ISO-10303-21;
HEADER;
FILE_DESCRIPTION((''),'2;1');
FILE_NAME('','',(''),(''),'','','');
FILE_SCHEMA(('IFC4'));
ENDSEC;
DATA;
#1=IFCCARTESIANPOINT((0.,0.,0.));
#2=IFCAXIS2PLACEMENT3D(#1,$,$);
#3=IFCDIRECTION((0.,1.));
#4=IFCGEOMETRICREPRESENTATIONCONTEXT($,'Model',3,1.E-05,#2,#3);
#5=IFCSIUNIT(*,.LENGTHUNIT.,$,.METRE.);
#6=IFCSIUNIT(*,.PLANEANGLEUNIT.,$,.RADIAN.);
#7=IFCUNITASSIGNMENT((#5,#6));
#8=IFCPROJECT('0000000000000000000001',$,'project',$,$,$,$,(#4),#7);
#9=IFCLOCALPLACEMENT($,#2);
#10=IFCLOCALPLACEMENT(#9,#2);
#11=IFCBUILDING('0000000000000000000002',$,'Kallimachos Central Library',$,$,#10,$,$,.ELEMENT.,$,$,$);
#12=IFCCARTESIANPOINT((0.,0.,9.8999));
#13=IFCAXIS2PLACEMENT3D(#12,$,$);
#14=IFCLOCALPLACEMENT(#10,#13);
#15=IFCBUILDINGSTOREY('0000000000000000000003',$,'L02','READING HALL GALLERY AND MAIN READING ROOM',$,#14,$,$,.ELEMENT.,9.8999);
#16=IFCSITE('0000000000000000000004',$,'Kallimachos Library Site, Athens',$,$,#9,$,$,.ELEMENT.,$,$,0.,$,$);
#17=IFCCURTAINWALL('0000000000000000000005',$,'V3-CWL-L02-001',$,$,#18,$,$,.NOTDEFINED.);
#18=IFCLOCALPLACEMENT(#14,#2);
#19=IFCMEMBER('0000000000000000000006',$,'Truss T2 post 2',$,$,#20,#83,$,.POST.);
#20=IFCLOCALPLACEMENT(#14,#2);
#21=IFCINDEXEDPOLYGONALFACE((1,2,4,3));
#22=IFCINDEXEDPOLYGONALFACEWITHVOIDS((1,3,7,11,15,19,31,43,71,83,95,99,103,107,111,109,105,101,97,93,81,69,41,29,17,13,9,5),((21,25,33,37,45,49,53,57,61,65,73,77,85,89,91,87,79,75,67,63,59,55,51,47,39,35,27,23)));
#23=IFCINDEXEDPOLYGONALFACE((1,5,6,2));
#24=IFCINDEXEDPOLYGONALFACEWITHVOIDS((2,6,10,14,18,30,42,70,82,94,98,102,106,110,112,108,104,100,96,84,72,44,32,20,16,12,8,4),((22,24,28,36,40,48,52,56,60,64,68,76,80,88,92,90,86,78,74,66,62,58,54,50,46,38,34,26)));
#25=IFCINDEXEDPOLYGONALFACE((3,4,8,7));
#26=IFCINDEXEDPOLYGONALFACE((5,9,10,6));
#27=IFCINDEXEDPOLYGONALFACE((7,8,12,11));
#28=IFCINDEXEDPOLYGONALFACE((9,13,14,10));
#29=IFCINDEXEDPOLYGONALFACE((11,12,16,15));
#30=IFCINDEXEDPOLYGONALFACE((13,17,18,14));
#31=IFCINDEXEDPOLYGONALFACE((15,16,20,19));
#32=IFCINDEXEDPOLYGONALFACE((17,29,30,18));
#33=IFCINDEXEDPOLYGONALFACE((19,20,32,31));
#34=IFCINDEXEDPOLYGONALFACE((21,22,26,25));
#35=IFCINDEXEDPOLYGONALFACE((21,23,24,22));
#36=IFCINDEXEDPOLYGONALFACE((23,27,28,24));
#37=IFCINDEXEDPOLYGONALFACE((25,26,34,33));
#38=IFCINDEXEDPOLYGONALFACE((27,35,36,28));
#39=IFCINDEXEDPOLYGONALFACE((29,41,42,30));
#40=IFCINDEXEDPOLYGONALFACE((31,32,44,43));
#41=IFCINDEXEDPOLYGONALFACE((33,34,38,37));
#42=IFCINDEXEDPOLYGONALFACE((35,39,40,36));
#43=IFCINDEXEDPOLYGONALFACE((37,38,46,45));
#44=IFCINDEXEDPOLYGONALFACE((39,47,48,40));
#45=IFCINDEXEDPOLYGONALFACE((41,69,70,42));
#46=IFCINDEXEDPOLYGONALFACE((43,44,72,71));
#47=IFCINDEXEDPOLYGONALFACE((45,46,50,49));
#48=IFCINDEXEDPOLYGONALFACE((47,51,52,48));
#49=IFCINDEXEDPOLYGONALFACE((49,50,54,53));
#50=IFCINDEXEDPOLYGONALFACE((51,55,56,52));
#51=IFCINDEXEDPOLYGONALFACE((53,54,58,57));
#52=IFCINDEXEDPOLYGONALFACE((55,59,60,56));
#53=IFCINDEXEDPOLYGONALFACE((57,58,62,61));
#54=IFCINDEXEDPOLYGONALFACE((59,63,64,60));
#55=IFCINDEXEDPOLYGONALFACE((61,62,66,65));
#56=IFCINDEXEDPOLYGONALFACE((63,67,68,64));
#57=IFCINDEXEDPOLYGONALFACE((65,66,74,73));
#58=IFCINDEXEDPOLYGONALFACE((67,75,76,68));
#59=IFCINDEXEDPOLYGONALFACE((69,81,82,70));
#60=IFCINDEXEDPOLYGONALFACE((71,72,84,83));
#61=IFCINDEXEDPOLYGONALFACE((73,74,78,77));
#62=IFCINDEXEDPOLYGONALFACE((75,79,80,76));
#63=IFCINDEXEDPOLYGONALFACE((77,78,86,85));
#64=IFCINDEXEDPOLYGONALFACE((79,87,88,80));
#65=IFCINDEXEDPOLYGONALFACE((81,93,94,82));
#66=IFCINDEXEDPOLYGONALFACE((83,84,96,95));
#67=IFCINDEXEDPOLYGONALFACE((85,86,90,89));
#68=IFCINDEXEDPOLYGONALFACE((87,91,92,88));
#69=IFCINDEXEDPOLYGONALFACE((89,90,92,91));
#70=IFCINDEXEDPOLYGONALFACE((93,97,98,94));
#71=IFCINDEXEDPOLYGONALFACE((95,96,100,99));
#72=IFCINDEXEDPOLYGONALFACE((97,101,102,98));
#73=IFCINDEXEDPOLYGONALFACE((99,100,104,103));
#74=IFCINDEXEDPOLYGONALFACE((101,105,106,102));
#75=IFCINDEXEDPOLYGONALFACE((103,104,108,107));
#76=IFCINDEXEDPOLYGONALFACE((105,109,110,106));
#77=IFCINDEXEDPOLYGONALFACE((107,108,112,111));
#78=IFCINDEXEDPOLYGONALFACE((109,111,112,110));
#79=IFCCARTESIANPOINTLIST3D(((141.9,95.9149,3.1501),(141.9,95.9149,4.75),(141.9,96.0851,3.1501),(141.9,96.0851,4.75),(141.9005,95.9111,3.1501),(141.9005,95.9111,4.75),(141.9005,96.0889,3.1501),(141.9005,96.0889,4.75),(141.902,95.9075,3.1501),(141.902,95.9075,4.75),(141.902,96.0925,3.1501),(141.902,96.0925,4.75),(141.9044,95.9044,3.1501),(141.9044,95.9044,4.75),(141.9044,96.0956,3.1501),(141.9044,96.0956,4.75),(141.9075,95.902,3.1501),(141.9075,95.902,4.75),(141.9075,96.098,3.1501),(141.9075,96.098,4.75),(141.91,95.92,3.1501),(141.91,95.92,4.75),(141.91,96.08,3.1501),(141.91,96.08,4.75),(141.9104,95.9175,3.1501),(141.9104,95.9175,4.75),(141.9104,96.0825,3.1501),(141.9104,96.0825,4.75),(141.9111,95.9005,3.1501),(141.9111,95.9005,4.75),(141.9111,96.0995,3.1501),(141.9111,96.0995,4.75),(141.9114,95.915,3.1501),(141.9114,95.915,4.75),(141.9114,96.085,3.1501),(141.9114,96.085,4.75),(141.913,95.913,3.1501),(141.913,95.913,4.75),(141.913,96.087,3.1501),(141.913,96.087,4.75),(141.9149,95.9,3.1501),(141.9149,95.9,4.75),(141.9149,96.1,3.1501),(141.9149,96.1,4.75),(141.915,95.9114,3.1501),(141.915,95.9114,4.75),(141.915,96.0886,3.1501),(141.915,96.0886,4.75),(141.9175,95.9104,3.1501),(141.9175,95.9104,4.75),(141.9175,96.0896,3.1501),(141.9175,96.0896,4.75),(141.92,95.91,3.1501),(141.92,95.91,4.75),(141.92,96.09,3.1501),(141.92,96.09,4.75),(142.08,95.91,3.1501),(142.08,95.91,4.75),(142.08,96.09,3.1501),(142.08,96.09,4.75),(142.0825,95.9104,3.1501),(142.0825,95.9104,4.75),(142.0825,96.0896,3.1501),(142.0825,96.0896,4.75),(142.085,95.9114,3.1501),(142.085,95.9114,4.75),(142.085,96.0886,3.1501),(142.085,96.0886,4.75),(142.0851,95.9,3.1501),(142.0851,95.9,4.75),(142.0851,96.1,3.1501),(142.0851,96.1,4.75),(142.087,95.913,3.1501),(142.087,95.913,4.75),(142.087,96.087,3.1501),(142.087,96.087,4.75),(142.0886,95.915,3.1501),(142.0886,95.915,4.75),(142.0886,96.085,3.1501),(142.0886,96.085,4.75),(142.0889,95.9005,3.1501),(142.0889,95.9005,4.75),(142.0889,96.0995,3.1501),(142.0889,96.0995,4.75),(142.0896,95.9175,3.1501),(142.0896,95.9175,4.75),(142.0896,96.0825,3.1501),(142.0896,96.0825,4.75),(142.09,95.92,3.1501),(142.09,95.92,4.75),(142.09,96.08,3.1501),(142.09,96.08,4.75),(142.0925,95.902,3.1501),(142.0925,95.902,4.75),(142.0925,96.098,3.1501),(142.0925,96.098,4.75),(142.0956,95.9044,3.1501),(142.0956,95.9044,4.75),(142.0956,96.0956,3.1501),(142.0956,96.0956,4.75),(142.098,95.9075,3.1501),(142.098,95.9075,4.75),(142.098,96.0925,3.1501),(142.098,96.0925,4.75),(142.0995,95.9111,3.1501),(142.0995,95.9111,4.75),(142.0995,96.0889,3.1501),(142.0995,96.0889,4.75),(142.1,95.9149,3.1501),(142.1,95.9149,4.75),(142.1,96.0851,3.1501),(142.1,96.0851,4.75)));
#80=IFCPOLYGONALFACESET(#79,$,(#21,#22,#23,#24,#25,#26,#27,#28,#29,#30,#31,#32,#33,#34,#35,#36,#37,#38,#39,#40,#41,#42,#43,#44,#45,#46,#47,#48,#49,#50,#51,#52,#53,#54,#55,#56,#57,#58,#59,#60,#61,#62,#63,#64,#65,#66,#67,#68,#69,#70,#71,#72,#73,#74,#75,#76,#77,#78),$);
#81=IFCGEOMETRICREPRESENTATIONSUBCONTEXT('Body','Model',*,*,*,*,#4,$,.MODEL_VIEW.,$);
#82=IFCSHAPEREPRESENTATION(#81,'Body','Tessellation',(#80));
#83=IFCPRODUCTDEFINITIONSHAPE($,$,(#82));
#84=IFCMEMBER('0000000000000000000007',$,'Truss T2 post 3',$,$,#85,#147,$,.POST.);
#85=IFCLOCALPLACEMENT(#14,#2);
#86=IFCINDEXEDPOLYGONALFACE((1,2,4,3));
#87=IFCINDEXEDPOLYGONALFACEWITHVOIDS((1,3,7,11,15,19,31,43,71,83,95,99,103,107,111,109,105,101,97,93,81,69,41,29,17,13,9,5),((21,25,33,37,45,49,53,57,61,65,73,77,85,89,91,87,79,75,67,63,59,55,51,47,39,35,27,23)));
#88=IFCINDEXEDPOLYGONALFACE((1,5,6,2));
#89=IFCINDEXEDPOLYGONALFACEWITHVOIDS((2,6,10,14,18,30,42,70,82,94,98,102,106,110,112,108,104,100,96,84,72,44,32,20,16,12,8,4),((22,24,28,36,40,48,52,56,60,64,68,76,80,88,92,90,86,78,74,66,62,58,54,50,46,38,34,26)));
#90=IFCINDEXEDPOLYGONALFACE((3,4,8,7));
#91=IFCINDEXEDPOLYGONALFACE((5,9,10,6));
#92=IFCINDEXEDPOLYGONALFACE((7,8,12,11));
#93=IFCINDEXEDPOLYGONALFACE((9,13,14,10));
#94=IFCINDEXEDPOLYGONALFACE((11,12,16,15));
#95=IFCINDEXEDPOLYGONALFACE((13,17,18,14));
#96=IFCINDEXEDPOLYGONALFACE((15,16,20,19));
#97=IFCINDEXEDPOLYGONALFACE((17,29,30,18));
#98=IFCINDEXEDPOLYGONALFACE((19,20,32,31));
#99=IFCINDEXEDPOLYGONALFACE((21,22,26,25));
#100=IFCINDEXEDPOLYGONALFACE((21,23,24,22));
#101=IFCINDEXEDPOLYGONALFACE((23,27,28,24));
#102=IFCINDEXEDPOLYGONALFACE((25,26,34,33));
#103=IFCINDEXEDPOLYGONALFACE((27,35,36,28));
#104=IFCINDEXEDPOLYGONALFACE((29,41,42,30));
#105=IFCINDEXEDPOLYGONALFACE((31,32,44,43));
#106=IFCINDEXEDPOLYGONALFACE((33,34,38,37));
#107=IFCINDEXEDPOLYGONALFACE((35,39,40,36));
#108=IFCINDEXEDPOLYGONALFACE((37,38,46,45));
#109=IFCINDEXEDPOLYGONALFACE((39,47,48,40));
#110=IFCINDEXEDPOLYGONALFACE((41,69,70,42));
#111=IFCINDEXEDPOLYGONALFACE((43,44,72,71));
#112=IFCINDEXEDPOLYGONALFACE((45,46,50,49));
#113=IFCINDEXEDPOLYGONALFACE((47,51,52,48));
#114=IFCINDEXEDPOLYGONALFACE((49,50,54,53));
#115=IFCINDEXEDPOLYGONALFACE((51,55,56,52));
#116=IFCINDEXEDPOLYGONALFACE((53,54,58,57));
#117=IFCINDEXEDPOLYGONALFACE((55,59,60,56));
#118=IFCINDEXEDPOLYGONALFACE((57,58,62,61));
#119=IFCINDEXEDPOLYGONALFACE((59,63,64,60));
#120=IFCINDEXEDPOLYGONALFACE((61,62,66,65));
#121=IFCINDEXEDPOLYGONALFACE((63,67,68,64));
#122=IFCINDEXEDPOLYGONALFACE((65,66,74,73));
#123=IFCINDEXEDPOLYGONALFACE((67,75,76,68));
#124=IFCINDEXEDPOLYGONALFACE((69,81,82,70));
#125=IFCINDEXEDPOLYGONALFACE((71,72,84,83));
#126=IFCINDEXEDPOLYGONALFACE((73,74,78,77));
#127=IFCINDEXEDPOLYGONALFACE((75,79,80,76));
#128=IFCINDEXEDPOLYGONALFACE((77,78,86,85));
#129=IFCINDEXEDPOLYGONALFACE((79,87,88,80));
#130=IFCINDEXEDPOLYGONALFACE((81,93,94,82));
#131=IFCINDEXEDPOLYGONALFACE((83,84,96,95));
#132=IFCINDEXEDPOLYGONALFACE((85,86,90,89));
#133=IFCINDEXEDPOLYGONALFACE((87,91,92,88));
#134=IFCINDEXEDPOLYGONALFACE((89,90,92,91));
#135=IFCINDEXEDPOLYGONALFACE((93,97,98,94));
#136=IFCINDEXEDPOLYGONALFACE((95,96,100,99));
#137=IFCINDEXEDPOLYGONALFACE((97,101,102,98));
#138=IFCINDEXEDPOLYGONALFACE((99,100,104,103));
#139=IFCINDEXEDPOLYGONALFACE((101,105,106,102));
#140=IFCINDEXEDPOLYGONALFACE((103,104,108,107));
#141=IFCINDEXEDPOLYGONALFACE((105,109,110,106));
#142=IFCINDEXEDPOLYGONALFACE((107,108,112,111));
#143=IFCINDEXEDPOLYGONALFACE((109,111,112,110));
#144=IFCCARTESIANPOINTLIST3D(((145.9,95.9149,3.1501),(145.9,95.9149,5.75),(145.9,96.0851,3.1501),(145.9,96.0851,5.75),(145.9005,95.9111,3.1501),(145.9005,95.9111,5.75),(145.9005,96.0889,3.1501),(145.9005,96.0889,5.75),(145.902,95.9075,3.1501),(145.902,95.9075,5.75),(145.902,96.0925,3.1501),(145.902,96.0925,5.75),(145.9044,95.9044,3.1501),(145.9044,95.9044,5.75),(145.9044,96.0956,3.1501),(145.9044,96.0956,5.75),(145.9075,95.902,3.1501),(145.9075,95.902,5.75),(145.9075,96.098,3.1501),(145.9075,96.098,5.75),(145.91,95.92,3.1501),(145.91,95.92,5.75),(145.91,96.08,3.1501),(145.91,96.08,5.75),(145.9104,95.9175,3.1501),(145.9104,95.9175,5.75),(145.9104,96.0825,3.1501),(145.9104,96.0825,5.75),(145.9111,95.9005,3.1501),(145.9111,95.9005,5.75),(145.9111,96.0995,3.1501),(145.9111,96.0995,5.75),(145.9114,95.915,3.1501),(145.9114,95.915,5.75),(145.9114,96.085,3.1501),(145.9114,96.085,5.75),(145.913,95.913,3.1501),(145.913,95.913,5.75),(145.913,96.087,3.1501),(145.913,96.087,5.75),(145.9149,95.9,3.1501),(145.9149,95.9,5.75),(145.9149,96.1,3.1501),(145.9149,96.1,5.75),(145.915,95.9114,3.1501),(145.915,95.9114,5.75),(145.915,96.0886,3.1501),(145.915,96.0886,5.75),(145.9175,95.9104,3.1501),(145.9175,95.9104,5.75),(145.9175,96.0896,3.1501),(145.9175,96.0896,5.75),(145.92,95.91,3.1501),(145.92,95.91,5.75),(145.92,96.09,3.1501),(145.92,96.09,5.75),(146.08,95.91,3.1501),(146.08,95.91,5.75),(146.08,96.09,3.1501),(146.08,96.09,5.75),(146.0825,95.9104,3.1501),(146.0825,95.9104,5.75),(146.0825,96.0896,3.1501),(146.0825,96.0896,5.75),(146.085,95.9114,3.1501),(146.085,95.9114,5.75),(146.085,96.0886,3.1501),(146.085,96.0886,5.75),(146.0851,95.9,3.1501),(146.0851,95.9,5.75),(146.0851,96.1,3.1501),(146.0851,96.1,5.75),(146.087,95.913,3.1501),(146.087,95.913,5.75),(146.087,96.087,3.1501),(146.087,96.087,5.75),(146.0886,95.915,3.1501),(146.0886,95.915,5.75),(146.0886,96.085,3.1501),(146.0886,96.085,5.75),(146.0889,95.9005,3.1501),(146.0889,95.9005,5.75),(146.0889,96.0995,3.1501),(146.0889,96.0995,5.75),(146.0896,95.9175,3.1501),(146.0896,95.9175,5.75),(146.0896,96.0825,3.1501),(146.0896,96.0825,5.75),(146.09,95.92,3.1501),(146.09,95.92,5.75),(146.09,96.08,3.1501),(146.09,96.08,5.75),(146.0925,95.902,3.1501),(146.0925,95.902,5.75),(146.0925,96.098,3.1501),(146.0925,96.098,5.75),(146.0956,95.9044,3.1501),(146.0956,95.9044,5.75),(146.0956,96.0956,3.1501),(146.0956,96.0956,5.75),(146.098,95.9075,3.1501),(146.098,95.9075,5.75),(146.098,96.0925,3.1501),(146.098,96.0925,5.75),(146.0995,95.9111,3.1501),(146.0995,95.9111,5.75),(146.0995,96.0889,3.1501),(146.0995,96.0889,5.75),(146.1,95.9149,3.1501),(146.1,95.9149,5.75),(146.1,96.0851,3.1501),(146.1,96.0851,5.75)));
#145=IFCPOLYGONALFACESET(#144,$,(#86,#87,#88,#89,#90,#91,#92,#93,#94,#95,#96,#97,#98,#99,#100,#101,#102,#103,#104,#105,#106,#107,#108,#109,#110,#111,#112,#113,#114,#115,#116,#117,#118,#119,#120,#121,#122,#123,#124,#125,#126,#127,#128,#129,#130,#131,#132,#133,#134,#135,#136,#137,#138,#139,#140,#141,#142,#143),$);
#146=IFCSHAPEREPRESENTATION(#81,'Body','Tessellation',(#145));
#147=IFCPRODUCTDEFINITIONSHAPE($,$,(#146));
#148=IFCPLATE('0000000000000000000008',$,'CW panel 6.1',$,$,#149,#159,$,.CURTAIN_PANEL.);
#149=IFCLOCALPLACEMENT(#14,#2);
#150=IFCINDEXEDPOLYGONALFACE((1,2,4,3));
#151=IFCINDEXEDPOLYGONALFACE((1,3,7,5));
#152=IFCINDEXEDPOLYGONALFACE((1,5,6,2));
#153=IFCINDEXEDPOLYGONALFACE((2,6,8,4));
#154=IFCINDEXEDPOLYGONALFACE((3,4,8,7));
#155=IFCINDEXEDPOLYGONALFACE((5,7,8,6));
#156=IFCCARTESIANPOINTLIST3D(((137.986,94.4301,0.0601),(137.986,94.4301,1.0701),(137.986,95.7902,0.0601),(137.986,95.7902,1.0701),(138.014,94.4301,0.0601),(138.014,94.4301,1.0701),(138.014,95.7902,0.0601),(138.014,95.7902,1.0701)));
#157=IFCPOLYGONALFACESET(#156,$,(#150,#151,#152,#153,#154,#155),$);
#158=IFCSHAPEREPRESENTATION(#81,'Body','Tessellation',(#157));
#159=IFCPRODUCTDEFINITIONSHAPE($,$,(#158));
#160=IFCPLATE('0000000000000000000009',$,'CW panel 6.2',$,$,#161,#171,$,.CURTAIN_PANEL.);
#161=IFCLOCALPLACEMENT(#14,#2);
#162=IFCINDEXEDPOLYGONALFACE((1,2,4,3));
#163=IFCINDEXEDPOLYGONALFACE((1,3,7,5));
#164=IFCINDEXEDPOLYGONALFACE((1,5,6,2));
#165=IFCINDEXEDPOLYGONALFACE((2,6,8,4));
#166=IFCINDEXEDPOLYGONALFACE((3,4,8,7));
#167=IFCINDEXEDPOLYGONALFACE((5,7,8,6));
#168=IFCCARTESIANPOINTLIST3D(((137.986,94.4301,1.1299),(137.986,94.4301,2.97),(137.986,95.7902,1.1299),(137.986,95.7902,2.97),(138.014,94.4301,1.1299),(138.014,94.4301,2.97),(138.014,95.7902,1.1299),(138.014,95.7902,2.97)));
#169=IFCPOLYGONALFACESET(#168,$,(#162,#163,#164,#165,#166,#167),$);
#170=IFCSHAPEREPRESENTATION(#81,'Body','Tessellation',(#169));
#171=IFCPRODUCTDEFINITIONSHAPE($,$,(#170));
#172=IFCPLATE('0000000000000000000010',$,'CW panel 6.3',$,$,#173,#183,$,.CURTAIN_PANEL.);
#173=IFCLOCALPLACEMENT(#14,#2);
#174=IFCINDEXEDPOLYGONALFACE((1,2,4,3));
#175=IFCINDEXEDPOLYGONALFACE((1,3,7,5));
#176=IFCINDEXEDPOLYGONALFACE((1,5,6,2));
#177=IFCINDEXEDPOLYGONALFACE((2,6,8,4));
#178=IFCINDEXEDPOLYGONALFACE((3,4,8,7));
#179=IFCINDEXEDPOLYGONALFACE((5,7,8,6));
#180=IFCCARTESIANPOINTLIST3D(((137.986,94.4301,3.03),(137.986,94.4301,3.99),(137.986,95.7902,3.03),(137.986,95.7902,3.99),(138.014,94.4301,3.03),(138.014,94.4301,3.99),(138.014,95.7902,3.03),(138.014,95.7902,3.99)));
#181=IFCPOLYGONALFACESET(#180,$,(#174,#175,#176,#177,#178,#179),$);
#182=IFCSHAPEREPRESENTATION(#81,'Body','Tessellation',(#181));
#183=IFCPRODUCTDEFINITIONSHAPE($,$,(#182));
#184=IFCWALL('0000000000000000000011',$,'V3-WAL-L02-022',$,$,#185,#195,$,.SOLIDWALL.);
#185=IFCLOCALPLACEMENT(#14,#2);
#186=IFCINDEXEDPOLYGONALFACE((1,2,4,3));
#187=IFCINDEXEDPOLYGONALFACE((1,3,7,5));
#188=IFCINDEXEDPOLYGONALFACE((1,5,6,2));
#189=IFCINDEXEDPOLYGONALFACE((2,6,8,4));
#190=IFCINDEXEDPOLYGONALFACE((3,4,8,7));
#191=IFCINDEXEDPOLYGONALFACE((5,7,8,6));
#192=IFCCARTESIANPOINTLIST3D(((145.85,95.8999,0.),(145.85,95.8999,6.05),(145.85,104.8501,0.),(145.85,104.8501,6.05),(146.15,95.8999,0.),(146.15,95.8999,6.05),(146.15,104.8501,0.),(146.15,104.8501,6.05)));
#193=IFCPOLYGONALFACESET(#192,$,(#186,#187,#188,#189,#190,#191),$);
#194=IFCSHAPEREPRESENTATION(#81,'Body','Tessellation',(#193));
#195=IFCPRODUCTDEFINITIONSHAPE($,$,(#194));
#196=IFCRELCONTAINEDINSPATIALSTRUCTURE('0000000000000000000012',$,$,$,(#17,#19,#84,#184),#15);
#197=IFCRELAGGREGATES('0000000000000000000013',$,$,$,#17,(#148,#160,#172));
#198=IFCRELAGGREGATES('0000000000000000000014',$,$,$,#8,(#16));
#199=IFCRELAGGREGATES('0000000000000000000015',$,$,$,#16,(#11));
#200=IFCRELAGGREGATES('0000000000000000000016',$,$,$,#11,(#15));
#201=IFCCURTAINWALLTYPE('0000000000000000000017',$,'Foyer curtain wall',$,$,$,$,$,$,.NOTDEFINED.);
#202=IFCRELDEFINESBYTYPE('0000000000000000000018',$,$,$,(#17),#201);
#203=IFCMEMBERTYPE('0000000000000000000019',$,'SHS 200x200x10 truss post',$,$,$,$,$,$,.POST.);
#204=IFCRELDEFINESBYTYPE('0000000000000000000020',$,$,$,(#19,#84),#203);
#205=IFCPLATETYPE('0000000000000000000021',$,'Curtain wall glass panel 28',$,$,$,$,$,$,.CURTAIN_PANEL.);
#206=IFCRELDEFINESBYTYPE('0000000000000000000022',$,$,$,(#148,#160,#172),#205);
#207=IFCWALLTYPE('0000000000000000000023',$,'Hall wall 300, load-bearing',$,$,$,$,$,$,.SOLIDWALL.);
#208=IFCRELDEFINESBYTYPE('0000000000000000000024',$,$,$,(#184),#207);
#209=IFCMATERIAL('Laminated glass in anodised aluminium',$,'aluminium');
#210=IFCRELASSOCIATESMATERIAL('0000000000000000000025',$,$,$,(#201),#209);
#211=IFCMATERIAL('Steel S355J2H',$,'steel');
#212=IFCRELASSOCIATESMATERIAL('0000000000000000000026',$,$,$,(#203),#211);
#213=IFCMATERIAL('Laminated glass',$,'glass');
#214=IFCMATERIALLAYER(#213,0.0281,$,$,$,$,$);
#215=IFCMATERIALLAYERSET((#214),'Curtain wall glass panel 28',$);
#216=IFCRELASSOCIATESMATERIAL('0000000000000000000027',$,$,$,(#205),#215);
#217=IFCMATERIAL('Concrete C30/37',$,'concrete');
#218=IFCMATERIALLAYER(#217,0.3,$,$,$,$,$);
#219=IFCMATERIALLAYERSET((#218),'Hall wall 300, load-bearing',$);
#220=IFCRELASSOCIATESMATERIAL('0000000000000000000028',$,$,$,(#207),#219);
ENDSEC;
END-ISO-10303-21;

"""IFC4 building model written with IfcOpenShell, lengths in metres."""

from ifc_helpers import new_model, si_unit, direction, frame, frame_2d, origin, origin_2d, place, context, subcontext, project, spatial, rectangle, hollow_rectangle, extrude, material, layer, layer_set, material_profile, profile_set, type_object, element, aggregate, save


model = new_model("IFC4")

# Units and contexts
model_context = context("Model", 3, precision=1e-05, world=origin(), true_north=direction((0.0, 1.0)))
body_context = subcontext(model_context, "Body", "Model", "MODEL_VIEW")
ifc_project = project(units=[si_unit("LENGTHUNIT", "METRE"), si_unit("PLANEANGLEUNIT", "RADIAN")], contexts=[model_context])

# Site, building, storey
site_placement = place(None, origin())
site = spatial("IfcSite", under=ifc_project, at=site_placement, Name="Kallimachos Library Site, Athens", CompositionType="ELEMENT", RefElevation=0.0)
building_placement = place(site_placement, origin())
building = spatial("IfcBuilding", under=site, at=building_placement, Name="Kallimachos Central Library", CompositionType="ELEMENT")
storey_placement = place(building_placement, frame((0.0, 0.0, 9.8999)))
storey = spatial("IfcBuildingStorey", under=building, at=storey_placement, Name="L02", Description="READING HALL GALLERY AND MAIN READING ROOM", CompositionType="ELEMENT", Elevation=9.8999)

# Curtain wall
ifc_material_1 = material(Name="Laminated glass in anodised aluminium", Category="aluminium")
curtain_wall_type = type_object("IfcCurtainWallType", Name="Foyer curtain wall", PredefinedType="NOTDEFINED", material=ifc_material_1)
curtain_wall_placement = place(storey_placement, origin())
curtain_wall = element("IfcCurtainWall", 1, at=curtain_wall_placement, inside=storey, type_object=curtain_wall_type, Name="V3-CWL-L02-001", PredefinedType="NOTDEFINED")

# Members
ifc_material_2 = material(Name="Steel S355J2H", Category="steel")
ifc_material_profile_1 = material_profile(ifc_material_2, hollow_rectangle(XDim=0.2, YDim=0.2, WallThickness=0.01, InnerFilletRadius=0.01, OuterFilletRadius=0.0149, at=origin_2d()), Name="SHS 200x200x10")
ifc_profile_set_1 = profile_set([ifc_material_profile_1], Name="Steel S355J2H")
member_type_1 = type_object("IfcMemberType", Name="SHS 200x200x10 truss post", PredefinedType="POST", material=ifc_profile_set_1)
member_1_placement = place(storey_placement, frame((142.0, 96.0, 3.1501), z_axis=(0.0, 0.0, 1.0), x_axis=(1.0, 0.0, 0.0)))
element("IfcMember", 2, at=member_1_placement, inside=storey, type_object=member_type_1, Name="Truss T2 post 2", PredefinedType="POST", context=body_context, shape_type="SweptSolid", body=[
    extrude(hollow_rectangle(XDim=0.2, YDim=0.2, WallThickness=0.01, InnerFilletRadius=0.01, OuterFilletRadius=0.0149, at=origin_2d()), origin(), (0.0, 0.0, 1.0), 1.5999),
])
member_2_placement = place(storey_placement, frame((146.0, 96.0, 3.1501), z_axis=(0.0, 0.0, 1.0), x_axis=(1.0, 0.0, 0.0)))
element("IfcMember", 3, at=member_2_placement, inside=storey, type_object=member_type_1, Name="Truss T2 post 3", PredefinedType="POST", context=body_context, shape_type="SweptSolid", body=[
    extrude(hollow_rectangle(XDim=0.2, YDim=0.2, WallThickness=0.01, InnerFilletRadius=0.01, OuterFilletRadius=0.0149, at=origin_2d()), origin(), (0.0, 0.0, 1.0), 2.5999),
])

# Plates
ifc_material_3 = material(Name="Laminated glass", Category="glass")
ifc_layer_1 = layer(ifc_material_3, 0.0281)
ifc_layer_set_1 = layer_set([ifc_layer_1], Name="Curtain wall glass panel 28")
plate_type = type_object("IfcPlateType", Name="Curtain wall glass panel 28", PredefinedType="CURTAIN_PANEL", material=ifc_layer_set_1)
plate_1_placement = place(storey_placement, frame((138.0, 95.1101, 0.0601), z_axis=(0.0, 0.0, 1.0), x_axis=(0.0, 1.0, 0.0)))
plate_1 = element("IfcPlate", 4, at=plate_1_placement, type_object=plate_type, Name="CW panel 6.1", PredefinedType="CURTAIN_PANEL", context=body_context, shape_type="SweptSolid", body=[
    extrude(rectangle(XDim=1.3601, YDim=0.0281, at=origin_2d()), origin(), (0.0, 0.0, 1.0), 1.01),
])
plate_2_placement = place(storey_placement, frame((138.0, 95.1101, 1.1299), z_axis=(0.0, 0.0, 1.0), x_axis=(0.0, 1.0, 0.0)))
plate_2 = element("IfcPlate", 5, at=plate_2_placement, type_object=plate_type, Name="CW panel 6.2", PredefinedType="CURTAIN_PANEL", context=body_context, shape_type="SweptSolid", body=[
    extrude(rectangle(XDim=1.3601, YDim=0.0281, at=origin_2d()), origin(), (0.0, 0.0, 1.0), 1.8401),
])
plate_3_placement = place(storey_placement, frame((138.0, 95.1101, 3.03), z_axis=(0.0, 0.0, 1.0), x_axis=(0.0, 1.0, 0.0)))
plate_3 = element("IfcPlate", 6, at=plate_3_placement, type_object=plate_type, Name="CW panel 6.3", PredefinedType="CURTAIN_PANEL", context=body_context, shape_type="SweptSolid", body=[
    extrude(rectangle(XDim=1.3601, YDim=0.0281, at=origin_2d()), origin(), (0.0, 0.0, 1.0), 0.96),
])
aggregate(curtain_wall, [plate_1, plate_2, plate_3])

# Wall
ifc_material_4 = material(Name="Concrete C30/37", Category="concrete")
ifc_layer_2 = layer(ifc_material_4, 0.3)
ifc_layer_set_2 = layer_set([ifc_layer_2], Name="Hall wall 300, load-bearing")
wall_type_1 = type_object("IfcWallType", Name="Hall wall 300, load-bearing", PredefinedType="SOLIDWALL", material=ifc_layer_set_2)
wall_1_placement = place(storey_placement, frame((146.0, 95.8999, 0.0), z_axis=(0.0, 0.0, 1.0), x_axis=(0.0, 1.0, 0.0)))
element("IfcWall", 7, at=wall_1_placement, inside=storey, type_object=wall_type_1, Name="V3-WAL-L02-022", PredefinedType="SOLIDWALL", context=body_context, shape_type="SweptSolid", body=[
    extrude(rectangle(XDim=8.9502, YDim=0.3, at=frame_2d((4.4751, 0.0))), origin(), (0.0, 0.0, 1.0), 6.05),
])

save(model, "model.ifc")
